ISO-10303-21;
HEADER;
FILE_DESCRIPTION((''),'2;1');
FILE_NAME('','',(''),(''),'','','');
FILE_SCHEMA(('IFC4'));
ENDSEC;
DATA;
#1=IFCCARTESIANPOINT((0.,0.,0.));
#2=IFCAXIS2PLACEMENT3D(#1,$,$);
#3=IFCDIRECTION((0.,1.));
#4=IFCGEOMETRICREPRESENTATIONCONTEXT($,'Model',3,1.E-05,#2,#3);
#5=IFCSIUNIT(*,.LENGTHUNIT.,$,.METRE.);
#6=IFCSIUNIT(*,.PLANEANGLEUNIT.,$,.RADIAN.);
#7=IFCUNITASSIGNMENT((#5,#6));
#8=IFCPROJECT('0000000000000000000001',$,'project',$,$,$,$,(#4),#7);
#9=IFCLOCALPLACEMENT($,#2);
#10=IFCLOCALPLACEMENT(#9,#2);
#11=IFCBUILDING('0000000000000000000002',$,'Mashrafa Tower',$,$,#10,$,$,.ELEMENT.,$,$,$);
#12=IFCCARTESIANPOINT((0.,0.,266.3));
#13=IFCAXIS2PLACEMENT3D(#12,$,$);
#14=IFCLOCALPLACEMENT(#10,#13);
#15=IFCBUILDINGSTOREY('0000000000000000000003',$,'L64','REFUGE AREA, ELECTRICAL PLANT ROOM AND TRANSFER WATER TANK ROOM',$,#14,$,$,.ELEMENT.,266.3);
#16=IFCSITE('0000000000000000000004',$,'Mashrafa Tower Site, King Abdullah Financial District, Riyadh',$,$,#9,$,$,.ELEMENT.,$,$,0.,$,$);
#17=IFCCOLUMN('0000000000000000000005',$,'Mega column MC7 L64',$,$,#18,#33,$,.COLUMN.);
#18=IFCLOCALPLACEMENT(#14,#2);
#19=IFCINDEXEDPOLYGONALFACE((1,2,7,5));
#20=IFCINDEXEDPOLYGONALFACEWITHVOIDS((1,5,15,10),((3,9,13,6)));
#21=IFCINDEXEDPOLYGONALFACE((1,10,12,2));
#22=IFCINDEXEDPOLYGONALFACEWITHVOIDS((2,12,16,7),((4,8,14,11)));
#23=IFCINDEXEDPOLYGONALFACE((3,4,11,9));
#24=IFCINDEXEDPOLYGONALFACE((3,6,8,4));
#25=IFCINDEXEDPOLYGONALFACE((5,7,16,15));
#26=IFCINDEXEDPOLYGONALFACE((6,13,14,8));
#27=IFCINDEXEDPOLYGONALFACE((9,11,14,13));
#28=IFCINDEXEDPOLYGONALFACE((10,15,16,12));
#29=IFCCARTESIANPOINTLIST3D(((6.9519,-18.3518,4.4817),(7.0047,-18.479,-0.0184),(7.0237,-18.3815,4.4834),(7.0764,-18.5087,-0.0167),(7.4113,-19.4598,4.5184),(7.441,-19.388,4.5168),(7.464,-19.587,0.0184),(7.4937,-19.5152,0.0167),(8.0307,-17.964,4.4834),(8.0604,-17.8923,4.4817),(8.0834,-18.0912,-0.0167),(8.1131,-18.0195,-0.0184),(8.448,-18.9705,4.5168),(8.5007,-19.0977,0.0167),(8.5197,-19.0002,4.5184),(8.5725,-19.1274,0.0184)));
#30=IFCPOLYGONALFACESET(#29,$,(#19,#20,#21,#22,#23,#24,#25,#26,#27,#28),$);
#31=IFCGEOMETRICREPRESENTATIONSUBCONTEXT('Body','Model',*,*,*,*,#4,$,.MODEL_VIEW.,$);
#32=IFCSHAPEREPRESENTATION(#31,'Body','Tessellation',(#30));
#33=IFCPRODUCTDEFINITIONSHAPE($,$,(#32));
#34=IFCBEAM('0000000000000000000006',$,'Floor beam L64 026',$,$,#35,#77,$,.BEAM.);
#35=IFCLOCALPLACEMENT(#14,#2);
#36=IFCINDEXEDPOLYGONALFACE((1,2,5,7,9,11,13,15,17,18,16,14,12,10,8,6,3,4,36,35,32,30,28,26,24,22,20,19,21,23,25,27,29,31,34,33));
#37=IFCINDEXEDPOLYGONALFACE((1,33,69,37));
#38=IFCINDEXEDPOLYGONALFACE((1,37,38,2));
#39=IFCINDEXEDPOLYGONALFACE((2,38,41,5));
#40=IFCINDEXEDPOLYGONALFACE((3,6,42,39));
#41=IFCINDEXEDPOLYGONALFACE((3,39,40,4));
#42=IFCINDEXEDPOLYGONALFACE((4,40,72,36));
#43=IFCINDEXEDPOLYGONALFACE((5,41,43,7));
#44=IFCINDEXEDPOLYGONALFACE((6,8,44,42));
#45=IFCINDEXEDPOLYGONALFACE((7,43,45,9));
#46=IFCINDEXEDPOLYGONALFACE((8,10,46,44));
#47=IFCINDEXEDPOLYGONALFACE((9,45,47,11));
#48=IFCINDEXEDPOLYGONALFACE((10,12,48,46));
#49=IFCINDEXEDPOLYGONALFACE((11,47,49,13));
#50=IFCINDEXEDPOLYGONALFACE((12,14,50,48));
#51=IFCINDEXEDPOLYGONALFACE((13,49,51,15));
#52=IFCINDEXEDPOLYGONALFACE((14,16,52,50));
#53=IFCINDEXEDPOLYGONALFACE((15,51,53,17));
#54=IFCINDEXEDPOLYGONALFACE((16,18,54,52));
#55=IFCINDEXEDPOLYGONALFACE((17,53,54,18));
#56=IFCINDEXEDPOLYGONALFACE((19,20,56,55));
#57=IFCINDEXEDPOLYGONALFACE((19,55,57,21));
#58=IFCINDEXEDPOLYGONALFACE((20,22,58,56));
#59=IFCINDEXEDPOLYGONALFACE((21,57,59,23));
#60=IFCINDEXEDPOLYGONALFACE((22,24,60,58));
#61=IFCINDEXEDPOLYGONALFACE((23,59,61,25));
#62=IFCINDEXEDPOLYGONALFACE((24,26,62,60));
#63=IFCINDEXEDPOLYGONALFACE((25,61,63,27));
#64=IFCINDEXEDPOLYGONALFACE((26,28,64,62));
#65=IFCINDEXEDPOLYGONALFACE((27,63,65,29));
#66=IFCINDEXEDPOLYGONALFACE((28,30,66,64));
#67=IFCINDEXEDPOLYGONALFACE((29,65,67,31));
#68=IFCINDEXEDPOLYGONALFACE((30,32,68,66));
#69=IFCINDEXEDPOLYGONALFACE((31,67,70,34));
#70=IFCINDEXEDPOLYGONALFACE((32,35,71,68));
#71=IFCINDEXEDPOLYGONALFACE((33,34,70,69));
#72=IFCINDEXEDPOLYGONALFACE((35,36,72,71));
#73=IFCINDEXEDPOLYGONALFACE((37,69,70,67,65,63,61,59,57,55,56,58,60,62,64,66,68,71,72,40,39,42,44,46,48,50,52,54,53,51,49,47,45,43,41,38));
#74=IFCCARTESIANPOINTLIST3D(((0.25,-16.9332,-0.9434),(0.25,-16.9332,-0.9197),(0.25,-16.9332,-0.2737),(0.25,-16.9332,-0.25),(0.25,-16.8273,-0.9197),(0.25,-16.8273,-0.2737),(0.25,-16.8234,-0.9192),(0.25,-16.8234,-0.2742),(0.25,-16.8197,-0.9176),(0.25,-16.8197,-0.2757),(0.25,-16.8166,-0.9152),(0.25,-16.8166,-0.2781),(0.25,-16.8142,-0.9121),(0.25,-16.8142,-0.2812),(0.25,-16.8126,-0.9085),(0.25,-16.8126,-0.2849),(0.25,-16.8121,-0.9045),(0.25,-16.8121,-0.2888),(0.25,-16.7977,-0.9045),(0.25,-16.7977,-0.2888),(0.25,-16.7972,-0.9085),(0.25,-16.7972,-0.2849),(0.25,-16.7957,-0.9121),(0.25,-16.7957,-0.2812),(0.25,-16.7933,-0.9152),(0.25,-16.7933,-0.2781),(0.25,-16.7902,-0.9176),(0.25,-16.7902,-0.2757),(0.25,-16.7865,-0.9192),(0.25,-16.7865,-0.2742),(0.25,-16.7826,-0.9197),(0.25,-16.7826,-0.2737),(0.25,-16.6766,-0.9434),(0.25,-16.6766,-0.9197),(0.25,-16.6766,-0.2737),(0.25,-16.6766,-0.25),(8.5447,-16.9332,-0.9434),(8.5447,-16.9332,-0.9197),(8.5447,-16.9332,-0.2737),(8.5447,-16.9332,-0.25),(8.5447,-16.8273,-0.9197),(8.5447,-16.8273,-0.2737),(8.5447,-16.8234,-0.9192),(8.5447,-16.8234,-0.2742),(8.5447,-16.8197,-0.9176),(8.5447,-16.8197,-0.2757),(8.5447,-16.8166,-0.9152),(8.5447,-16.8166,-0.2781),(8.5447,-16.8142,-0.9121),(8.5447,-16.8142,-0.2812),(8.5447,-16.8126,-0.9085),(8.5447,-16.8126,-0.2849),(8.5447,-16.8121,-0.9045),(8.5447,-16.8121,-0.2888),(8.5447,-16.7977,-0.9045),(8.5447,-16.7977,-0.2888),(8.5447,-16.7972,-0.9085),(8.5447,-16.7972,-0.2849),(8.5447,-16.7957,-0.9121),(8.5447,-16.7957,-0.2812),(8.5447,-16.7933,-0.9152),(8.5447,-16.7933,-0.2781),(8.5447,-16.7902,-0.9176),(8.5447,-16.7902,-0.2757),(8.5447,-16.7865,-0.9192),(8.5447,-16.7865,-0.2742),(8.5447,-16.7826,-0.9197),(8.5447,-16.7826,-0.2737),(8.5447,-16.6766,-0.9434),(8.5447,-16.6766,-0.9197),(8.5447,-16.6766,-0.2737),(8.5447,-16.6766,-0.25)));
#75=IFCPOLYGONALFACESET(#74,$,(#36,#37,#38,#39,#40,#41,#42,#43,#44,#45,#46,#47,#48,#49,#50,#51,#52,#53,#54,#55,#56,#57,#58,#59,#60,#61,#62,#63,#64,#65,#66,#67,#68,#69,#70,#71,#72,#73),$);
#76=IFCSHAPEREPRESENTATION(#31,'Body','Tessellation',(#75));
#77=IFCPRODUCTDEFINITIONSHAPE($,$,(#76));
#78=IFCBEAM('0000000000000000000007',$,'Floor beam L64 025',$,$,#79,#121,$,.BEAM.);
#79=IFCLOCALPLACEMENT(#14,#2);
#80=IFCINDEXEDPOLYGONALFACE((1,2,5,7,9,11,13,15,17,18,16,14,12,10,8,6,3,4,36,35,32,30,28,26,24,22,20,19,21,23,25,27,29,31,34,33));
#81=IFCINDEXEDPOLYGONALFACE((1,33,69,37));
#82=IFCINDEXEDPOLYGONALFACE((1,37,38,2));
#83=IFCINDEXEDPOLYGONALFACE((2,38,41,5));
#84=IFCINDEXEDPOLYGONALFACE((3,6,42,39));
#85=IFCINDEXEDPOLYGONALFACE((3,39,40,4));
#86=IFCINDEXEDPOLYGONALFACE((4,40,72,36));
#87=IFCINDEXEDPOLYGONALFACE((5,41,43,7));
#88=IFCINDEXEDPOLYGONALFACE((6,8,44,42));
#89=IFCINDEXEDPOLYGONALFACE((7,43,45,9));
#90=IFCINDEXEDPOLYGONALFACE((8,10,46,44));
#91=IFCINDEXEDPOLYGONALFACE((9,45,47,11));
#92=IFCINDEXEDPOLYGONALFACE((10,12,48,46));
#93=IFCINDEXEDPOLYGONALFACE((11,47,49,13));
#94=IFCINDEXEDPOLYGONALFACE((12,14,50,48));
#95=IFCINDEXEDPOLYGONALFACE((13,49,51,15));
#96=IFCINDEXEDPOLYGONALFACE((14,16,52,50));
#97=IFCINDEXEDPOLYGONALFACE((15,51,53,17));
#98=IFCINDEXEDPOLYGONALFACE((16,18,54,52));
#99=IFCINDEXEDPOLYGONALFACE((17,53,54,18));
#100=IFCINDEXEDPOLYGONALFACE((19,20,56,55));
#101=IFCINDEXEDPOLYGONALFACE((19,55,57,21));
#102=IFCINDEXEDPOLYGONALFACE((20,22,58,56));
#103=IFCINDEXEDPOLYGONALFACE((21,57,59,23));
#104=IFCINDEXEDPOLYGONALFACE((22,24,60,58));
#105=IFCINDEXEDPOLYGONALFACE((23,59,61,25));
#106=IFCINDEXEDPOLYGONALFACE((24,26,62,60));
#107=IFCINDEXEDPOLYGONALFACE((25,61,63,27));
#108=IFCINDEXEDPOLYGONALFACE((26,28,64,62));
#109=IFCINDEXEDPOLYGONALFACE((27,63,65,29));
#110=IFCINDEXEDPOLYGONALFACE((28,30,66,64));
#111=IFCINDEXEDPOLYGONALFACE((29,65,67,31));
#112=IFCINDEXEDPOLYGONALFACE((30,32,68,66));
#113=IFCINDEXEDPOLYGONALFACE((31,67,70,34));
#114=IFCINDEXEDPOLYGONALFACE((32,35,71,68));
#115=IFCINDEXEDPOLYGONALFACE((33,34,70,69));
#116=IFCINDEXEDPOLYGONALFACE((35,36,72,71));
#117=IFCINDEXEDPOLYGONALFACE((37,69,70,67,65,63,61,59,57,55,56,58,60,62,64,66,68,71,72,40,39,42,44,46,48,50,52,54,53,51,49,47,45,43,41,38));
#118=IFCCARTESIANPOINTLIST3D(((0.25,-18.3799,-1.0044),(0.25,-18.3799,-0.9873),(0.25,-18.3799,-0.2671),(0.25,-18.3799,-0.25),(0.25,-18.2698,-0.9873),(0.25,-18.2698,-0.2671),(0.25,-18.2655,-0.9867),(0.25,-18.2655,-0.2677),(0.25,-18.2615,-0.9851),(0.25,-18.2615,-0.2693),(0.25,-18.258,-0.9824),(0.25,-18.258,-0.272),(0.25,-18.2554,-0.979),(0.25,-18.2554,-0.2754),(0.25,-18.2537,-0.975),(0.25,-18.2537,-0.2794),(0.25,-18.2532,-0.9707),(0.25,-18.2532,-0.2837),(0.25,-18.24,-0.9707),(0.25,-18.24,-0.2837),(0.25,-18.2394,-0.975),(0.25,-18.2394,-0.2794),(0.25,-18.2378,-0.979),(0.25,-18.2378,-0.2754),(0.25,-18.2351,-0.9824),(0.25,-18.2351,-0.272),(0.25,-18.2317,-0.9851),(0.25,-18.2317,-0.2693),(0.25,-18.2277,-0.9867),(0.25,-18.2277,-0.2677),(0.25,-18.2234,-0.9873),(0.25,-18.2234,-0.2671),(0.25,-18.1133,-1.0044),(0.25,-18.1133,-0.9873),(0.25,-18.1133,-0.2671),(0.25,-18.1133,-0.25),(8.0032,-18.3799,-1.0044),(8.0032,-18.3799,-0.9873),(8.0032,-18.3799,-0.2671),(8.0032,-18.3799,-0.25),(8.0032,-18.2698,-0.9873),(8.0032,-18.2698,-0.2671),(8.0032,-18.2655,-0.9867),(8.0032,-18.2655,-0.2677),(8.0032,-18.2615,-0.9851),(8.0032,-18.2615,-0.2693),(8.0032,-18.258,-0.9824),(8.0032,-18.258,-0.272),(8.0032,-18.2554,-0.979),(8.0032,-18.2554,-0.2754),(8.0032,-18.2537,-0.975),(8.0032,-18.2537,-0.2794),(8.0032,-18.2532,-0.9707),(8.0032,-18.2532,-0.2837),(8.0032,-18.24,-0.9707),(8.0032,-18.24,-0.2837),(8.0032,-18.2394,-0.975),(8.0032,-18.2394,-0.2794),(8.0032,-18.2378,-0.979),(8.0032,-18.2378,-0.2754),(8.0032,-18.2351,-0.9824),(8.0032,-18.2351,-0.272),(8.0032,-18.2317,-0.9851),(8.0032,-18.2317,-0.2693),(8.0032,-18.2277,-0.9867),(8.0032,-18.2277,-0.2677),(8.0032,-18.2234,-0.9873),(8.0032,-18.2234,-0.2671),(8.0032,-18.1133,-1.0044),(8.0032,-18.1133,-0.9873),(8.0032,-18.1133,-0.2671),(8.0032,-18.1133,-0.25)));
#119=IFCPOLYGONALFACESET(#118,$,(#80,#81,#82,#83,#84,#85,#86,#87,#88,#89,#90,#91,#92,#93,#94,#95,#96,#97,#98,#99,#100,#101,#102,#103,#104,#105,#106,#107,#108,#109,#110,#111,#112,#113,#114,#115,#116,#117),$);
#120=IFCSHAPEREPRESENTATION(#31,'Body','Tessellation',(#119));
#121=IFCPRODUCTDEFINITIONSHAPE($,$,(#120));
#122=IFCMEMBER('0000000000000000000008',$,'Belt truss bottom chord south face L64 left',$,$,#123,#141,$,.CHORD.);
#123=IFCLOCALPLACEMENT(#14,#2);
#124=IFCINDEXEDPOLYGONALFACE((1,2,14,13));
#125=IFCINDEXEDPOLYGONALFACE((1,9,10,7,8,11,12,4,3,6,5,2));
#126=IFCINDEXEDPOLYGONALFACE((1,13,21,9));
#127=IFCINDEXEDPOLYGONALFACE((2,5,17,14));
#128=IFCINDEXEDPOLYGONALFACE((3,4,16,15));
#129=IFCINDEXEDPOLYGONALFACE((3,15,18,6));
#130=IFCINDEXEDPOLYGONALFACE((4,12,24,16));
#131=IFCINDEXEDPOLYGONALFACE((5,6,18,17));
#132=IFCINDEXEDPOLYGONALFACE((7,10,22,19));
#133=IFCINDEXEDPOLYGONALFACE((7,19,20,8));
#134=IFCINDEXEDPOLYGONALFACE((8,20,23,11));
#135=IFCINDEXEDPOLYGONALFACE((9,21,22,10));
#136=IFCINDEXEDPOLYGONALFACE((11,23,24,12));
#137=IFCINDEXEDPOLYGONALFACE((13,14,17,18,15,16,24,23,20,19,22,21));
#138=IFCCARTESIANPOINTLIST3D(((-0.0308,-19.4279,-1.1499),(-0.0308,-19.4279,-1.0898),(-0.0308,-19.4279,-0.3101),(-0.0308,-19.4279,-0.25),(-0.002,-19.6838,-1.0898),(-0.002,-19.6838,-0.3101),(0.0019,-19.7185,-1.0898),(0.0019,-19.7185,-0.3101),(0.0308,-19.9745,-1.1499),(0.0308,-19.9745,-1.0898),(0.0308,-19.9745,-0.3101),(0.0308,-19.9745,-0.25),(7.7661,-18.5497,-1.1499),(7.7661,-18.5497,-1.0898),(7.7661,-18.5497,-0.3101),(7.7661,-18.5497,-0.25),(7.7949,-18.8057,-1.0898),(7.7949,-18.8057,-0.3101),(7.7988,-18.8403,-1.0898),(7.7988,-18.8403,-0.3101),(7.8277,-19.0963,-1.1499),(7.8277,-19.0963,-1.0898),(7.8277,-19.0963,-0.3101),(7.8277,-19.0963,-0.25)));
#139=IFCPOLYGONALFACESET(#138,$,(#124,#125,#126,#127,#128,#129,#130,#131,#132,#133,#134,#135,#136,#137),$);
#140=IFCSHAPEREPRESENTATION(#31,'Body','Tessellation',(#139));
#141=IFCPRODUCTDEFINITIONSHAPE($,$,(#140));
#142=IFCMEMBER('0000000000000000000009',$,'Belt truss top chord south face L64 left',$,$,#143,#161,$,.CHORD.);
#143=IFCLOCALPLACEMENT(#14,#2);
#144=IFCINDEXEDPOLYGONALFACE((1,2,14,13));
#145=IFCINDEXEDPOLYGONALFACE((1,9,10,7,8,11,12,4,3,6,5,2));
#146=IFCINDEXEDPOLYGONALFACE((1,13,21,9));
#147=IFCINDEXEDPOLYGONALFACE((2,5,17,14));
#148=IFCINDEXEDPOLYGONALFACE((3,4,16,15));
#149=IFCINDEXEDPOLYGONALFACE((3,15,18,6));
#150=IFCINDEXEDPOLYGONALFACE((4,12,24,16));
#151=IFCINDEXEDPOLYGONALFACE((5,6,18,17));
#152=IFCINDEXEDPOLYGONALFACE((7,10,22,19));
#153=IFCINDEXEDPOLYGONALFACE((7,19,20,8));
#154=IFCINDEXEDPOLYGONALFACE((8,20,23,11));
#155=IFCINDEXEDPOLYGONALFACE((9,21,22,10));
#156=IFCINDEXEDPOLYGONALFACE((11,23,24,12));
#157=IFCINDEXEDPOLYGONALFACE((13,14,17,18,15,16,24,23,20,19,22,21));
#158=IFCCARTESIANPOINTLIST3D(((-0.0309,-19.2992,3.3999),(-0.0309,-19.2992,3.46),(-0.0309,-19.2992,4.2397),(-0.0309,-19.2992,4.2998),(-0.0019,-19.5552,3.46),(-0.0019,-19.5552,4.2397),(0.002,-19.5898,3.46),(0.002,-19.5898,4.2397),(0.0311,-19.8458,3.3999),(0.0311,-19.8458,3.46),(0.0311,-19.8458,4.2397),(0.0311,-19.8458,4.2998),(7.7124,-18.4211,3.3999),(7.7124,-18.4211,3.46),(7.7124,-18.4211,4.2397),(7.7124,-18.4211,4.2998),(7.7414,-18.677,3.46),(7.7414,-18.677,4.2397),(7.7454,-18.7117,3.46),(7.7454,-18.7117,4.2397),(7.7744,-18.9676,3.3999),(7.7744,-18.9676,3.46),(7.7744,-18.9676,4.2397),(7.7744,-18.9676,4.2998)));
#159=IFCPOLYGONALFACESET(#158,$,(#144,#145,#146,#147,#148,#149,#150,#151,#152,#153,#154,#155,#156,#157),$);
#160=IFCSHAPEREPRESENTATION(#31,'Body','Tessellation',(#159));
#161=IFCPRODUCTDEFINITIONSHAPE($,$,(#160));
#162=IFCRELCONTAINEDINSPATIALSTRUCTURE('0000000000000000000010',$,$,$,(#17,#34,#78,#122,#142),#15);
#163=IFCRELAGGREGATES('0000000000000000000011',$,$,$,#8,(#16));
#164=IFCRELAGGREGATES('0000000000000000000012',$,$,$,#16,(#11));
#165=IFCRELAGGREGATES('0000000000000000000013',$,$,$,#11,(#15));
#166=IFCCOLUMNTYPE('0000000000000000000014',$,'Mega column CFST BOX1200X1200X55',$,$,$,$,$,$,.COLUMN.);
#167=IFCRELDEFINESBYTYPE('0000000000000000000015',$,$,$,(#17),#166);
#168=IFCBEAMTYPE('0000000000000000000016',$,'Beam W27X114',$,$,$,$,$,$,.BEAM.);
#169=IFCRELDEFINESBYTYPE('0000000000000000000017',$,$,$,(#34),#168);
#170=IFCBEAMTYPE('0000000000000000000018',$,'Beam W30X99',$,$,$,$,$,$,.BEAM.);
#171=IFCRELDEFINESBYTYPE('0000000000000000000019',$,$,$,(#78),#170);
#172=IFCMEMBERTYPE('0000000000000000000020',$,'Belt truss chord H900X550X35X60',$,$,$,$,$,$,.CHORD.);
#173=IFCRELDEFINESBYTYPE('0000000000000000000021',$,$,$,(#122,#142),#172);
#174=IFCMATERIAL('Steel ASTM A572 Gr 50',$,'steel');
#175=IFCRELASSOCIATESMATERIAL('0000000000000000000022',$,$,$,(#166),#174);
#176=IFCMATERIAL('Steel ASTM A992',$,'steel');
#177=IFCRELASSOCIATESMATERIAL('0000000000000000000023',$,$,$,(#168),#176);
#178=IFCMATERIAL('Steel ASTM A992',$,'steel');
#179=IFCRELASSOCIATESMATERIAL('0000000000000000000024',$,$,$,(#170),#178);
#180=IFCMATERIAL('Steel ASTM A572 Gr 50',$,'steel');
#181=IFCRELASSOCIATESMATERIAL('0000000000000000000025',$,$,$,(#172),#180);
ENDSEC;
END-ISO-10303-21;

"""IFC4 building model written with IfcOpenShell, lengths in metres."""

from ifc_helpers import new_model, si_unit, direction, frame, origin, origin_2d, place, context, subcontext, project, spatial, hollow_rectangle, i_section, extrude, source, transform, mapped, material, material_profile, profile_set, type_object, element, save


model = new_model("IFC4")

# Units and contexts
model_context = context("Model", 3, precision=1e-05, world=origin(), true_north=direction((0.0, 1.0)))
body_context = subcontext(model_context, "Body", "Model", "MODEL_VIEW")
ifc_project = project(units=[si_unit("LENGTHUNIT", "METRE"), si_unit("PLANEANGLEUNIT", "RADIAN")], contexts=[model_context])

# Site, building, storey
site_placement = place(None, origin())
site = spatial("IfcSite", under=ifc_project, at=site_placement, Name="Mashrafa Tower Site, King Abdullah Financial District, Riyadh", CompositionType="ELEMENT", RefElevation=0.0)
building_placement = place(site_placement, origin())
building = spatial("IfcBuilding", under=site, at=building_placement, Name="Mashrafa Tower", CompositionType="ELEMENT")
storey_placement = place(building_placement, frame((0.0, 0.0, 266.3)))
storey = spatial("IfcBuildingStorey", under=building, at=storey_placement, Name="L64", Description="REFUGE AREA, ELECTRICAL PLANT ROOM AND TRANSFER WATER TANK ROOM", CompositionType="ELEMENT", Elevation=266.3)

# Column
ifc_material_1 = material(Name="Steel ASTM A572 Gr 50", Category="steel")
ifc_material_profile_1 = material_profile(ifc_material_1, hollow_rectangle(XDim=1.2, YDim=1.2, WallThickness=0.0549, at=origin_2d()), Name="BOX1200X1200X55")
ifc_profile_set_1 = profile_set([ifc_material_profile_1], Name="Steel ASTM A572 Gr 50")
column_type = type_object("IfcColumnType", Name="Mega column CFST BOX1200X1200X55", PredefinedType="COLUMN", material=ifc_profile_set_1)
column_placement = place(storey_placement, frame((7.7886, -18.8032, 0.0), z_axis=(-0.011713, 0.028253, 0.999532), x_axis=(-0.923757, -0.382978, 0.0)))
element("IfcColumn", 1, at=column_placement, inside=storey, type_object=column_type, Name="Mega column MC7 L64", PredefinedType="COLUMN", context=body_context, shape_type="SweptSolid", body=[
    extrude(hollow_rectangle(XDim=1.2, YDim=1.2, WallThickness=0.0549, at=origin_2d()), origin(), (0.0, 0.0, 1.0), 4.5022),
])

# Beams
ifc_material_2 = material(Name="Steel ASTM A992", Category="steel")
ifc_material_profile_2 = material_profile(ifc_material_2, i_section(OverallWidth=0.2566, OverallDepth=0.6934, WebThickness=0.0144, FlangeThickness=0.0237, FilletRadius=0.0151, at=origin_2d()), Name="W27X114")
ifc_profile_set_2 = profile_set([ifc_material_profile_2], Name="Steel ASTM A992")
beam_type_1 = type_object("IfcBeamType", Name="Beam W27X114", PredefinedType="BEAM", material=ifc_profile_set_2)
beam_1_placement = place(storey_placement, frame((8.5447, -16.8049, -0.5967), z_axis=(-1.0, 0.0, 0.0), x_axis=(0.0, -1.0, 0.0)))
element("IfcBeam", 2, at=beam_1_placement, inside=storey, type_object=beam_type_1, Name="Floor beam L64 026", PredefinedType="BEAM", context=body_context, shape_type="SweptSolid", body=[
    extrude(i_section(OverallWidth=0.2566, OverallDepth=0.6934, WebThickness=0.0144, FlangeThickness=0.0237, FilletRadius=0.0151, at=origin_2d()), origin(), (0.0, 0.0, 1.0), 8.2947),
])
ifc_material_3 = material(Name="Steel ASTM A992", Category="steel")
ifc_material_profile_3 = material_profile(ifc_material_3, i_section(OverallWidth=0.2666, OverallDepth=0.7544, WebThickness=0.0132, FlangeThickness=0.0171, FilletRadius=0.0166, at=origin_2d()), Name="W30X99")
ifc_profile_set_3 = profile_set([ifc_material_profile_3], Name="Steel ASTM A992")
beam_type_2 = type_object("IfcBeamType", Name="Beam W30X99", PredefinedType="BEAM", material=ifc_profile_set_3)
beam_2_placement = place(storey_placement, frame((8.0032, -18.2466, -0.6272), z_axis=(-1.0, 0.0, 0.0), x_axis=(0.0, -1.0, 0.0)))
element("IfcBeam", 3, at=beam_2_placement, inside=storey, type_object=beam_type_2, Name="Floor beam L64 025", PredefinedType="BEAM", context=body_context, shape_type="SweptSolid", body=[
    extrude(i_section(OverallWidth=0.2666, OverallDepth=0.7544, WebThickness=0.0132, FlangeThickness=0.0171, FilletRadius=0.0166, at=origin_2d()), origin(), (0.0, 0.0, 1.0), 7.7532),
])

# Members
ifc_material_4 = material(Name="Steel ASTM A572 Gr 50", Category="steel")
ifc_material_profile_4 = material_profile(ifc_material_4, i_section(OverallWidth=0.55, OverallDepth=0.8999, WebThickness=0.0349, FlangeThickness=0.0601, at=origin_2d()), Name="H900X550X35X60")
ifc_profile_set_4 = profile_set([ifc_material_profile_4], Name="Steel ASTM A572 Gr 50")
member_type_1 = type_object("IfcMemberType", Name="Belt truss chord H900X550X35X60", PredefinedType="CHORD", material=ifc_profile_set_4)
shared_shape_1 = source(origin(), body_context, "Body", "SweptSolid", [
    extrude(i_section(OverallWidth=0.55, OverallDepth=0.8999, WebThickness=0.0349, FlangeThickness=0.0601, at=origin_2d()), origin(), (0.0, 0.0, 1.0), 7.8462),
])
member_1_placement = place(storey_placement, frame((7.7969, -18.823, -0.7), z_axis=(-0.993717, -0.111924, 0.0), x_axis=(0.111924, -0.993717, 0.0)))
element("IfcMember", 4, at=member_1_placement, inside=storey, type_object=member_type_1, Name="Belt truss bottom chord south face L64 left", PredefinedType="CHORD", context=body_context, shape_type="MappedRepresentation", body=[
    mapped(shared_shape_1, transform((0.0, 0.0, 0.0))),
])
shared_shape_2 = source(origin(), body_context, "Body", "SweptSolid", [
    extrude(i_section(OverallWidth=0.55, OverallDepth=0.8999, WebThickness=0.0349, FlangeThickness=0.0601, at=origin_2d()), origin(), (0.0, 0.0, 1.0), 7.793),
])
member_2_placement = place(storey_placement, frame((7.7434, -18.6943, 3.8499), z_axis=(-0.993631, -0.112687, 0.0), x_axis=(0.112687, -0.993631, 0.0)))
element("IfcMember", 5, at=member_2_placement, inside=storey, type_object=member_type_1, Name="Belt truss top chord south face L64 left", PredefinedType="CHORD", context=body_context, shape_type="MappedRepresentation", body=[
    mapped(shared_shape_2, transform((0.0, 0.0, 0.0))),
])

save(model, "model.ifc")
